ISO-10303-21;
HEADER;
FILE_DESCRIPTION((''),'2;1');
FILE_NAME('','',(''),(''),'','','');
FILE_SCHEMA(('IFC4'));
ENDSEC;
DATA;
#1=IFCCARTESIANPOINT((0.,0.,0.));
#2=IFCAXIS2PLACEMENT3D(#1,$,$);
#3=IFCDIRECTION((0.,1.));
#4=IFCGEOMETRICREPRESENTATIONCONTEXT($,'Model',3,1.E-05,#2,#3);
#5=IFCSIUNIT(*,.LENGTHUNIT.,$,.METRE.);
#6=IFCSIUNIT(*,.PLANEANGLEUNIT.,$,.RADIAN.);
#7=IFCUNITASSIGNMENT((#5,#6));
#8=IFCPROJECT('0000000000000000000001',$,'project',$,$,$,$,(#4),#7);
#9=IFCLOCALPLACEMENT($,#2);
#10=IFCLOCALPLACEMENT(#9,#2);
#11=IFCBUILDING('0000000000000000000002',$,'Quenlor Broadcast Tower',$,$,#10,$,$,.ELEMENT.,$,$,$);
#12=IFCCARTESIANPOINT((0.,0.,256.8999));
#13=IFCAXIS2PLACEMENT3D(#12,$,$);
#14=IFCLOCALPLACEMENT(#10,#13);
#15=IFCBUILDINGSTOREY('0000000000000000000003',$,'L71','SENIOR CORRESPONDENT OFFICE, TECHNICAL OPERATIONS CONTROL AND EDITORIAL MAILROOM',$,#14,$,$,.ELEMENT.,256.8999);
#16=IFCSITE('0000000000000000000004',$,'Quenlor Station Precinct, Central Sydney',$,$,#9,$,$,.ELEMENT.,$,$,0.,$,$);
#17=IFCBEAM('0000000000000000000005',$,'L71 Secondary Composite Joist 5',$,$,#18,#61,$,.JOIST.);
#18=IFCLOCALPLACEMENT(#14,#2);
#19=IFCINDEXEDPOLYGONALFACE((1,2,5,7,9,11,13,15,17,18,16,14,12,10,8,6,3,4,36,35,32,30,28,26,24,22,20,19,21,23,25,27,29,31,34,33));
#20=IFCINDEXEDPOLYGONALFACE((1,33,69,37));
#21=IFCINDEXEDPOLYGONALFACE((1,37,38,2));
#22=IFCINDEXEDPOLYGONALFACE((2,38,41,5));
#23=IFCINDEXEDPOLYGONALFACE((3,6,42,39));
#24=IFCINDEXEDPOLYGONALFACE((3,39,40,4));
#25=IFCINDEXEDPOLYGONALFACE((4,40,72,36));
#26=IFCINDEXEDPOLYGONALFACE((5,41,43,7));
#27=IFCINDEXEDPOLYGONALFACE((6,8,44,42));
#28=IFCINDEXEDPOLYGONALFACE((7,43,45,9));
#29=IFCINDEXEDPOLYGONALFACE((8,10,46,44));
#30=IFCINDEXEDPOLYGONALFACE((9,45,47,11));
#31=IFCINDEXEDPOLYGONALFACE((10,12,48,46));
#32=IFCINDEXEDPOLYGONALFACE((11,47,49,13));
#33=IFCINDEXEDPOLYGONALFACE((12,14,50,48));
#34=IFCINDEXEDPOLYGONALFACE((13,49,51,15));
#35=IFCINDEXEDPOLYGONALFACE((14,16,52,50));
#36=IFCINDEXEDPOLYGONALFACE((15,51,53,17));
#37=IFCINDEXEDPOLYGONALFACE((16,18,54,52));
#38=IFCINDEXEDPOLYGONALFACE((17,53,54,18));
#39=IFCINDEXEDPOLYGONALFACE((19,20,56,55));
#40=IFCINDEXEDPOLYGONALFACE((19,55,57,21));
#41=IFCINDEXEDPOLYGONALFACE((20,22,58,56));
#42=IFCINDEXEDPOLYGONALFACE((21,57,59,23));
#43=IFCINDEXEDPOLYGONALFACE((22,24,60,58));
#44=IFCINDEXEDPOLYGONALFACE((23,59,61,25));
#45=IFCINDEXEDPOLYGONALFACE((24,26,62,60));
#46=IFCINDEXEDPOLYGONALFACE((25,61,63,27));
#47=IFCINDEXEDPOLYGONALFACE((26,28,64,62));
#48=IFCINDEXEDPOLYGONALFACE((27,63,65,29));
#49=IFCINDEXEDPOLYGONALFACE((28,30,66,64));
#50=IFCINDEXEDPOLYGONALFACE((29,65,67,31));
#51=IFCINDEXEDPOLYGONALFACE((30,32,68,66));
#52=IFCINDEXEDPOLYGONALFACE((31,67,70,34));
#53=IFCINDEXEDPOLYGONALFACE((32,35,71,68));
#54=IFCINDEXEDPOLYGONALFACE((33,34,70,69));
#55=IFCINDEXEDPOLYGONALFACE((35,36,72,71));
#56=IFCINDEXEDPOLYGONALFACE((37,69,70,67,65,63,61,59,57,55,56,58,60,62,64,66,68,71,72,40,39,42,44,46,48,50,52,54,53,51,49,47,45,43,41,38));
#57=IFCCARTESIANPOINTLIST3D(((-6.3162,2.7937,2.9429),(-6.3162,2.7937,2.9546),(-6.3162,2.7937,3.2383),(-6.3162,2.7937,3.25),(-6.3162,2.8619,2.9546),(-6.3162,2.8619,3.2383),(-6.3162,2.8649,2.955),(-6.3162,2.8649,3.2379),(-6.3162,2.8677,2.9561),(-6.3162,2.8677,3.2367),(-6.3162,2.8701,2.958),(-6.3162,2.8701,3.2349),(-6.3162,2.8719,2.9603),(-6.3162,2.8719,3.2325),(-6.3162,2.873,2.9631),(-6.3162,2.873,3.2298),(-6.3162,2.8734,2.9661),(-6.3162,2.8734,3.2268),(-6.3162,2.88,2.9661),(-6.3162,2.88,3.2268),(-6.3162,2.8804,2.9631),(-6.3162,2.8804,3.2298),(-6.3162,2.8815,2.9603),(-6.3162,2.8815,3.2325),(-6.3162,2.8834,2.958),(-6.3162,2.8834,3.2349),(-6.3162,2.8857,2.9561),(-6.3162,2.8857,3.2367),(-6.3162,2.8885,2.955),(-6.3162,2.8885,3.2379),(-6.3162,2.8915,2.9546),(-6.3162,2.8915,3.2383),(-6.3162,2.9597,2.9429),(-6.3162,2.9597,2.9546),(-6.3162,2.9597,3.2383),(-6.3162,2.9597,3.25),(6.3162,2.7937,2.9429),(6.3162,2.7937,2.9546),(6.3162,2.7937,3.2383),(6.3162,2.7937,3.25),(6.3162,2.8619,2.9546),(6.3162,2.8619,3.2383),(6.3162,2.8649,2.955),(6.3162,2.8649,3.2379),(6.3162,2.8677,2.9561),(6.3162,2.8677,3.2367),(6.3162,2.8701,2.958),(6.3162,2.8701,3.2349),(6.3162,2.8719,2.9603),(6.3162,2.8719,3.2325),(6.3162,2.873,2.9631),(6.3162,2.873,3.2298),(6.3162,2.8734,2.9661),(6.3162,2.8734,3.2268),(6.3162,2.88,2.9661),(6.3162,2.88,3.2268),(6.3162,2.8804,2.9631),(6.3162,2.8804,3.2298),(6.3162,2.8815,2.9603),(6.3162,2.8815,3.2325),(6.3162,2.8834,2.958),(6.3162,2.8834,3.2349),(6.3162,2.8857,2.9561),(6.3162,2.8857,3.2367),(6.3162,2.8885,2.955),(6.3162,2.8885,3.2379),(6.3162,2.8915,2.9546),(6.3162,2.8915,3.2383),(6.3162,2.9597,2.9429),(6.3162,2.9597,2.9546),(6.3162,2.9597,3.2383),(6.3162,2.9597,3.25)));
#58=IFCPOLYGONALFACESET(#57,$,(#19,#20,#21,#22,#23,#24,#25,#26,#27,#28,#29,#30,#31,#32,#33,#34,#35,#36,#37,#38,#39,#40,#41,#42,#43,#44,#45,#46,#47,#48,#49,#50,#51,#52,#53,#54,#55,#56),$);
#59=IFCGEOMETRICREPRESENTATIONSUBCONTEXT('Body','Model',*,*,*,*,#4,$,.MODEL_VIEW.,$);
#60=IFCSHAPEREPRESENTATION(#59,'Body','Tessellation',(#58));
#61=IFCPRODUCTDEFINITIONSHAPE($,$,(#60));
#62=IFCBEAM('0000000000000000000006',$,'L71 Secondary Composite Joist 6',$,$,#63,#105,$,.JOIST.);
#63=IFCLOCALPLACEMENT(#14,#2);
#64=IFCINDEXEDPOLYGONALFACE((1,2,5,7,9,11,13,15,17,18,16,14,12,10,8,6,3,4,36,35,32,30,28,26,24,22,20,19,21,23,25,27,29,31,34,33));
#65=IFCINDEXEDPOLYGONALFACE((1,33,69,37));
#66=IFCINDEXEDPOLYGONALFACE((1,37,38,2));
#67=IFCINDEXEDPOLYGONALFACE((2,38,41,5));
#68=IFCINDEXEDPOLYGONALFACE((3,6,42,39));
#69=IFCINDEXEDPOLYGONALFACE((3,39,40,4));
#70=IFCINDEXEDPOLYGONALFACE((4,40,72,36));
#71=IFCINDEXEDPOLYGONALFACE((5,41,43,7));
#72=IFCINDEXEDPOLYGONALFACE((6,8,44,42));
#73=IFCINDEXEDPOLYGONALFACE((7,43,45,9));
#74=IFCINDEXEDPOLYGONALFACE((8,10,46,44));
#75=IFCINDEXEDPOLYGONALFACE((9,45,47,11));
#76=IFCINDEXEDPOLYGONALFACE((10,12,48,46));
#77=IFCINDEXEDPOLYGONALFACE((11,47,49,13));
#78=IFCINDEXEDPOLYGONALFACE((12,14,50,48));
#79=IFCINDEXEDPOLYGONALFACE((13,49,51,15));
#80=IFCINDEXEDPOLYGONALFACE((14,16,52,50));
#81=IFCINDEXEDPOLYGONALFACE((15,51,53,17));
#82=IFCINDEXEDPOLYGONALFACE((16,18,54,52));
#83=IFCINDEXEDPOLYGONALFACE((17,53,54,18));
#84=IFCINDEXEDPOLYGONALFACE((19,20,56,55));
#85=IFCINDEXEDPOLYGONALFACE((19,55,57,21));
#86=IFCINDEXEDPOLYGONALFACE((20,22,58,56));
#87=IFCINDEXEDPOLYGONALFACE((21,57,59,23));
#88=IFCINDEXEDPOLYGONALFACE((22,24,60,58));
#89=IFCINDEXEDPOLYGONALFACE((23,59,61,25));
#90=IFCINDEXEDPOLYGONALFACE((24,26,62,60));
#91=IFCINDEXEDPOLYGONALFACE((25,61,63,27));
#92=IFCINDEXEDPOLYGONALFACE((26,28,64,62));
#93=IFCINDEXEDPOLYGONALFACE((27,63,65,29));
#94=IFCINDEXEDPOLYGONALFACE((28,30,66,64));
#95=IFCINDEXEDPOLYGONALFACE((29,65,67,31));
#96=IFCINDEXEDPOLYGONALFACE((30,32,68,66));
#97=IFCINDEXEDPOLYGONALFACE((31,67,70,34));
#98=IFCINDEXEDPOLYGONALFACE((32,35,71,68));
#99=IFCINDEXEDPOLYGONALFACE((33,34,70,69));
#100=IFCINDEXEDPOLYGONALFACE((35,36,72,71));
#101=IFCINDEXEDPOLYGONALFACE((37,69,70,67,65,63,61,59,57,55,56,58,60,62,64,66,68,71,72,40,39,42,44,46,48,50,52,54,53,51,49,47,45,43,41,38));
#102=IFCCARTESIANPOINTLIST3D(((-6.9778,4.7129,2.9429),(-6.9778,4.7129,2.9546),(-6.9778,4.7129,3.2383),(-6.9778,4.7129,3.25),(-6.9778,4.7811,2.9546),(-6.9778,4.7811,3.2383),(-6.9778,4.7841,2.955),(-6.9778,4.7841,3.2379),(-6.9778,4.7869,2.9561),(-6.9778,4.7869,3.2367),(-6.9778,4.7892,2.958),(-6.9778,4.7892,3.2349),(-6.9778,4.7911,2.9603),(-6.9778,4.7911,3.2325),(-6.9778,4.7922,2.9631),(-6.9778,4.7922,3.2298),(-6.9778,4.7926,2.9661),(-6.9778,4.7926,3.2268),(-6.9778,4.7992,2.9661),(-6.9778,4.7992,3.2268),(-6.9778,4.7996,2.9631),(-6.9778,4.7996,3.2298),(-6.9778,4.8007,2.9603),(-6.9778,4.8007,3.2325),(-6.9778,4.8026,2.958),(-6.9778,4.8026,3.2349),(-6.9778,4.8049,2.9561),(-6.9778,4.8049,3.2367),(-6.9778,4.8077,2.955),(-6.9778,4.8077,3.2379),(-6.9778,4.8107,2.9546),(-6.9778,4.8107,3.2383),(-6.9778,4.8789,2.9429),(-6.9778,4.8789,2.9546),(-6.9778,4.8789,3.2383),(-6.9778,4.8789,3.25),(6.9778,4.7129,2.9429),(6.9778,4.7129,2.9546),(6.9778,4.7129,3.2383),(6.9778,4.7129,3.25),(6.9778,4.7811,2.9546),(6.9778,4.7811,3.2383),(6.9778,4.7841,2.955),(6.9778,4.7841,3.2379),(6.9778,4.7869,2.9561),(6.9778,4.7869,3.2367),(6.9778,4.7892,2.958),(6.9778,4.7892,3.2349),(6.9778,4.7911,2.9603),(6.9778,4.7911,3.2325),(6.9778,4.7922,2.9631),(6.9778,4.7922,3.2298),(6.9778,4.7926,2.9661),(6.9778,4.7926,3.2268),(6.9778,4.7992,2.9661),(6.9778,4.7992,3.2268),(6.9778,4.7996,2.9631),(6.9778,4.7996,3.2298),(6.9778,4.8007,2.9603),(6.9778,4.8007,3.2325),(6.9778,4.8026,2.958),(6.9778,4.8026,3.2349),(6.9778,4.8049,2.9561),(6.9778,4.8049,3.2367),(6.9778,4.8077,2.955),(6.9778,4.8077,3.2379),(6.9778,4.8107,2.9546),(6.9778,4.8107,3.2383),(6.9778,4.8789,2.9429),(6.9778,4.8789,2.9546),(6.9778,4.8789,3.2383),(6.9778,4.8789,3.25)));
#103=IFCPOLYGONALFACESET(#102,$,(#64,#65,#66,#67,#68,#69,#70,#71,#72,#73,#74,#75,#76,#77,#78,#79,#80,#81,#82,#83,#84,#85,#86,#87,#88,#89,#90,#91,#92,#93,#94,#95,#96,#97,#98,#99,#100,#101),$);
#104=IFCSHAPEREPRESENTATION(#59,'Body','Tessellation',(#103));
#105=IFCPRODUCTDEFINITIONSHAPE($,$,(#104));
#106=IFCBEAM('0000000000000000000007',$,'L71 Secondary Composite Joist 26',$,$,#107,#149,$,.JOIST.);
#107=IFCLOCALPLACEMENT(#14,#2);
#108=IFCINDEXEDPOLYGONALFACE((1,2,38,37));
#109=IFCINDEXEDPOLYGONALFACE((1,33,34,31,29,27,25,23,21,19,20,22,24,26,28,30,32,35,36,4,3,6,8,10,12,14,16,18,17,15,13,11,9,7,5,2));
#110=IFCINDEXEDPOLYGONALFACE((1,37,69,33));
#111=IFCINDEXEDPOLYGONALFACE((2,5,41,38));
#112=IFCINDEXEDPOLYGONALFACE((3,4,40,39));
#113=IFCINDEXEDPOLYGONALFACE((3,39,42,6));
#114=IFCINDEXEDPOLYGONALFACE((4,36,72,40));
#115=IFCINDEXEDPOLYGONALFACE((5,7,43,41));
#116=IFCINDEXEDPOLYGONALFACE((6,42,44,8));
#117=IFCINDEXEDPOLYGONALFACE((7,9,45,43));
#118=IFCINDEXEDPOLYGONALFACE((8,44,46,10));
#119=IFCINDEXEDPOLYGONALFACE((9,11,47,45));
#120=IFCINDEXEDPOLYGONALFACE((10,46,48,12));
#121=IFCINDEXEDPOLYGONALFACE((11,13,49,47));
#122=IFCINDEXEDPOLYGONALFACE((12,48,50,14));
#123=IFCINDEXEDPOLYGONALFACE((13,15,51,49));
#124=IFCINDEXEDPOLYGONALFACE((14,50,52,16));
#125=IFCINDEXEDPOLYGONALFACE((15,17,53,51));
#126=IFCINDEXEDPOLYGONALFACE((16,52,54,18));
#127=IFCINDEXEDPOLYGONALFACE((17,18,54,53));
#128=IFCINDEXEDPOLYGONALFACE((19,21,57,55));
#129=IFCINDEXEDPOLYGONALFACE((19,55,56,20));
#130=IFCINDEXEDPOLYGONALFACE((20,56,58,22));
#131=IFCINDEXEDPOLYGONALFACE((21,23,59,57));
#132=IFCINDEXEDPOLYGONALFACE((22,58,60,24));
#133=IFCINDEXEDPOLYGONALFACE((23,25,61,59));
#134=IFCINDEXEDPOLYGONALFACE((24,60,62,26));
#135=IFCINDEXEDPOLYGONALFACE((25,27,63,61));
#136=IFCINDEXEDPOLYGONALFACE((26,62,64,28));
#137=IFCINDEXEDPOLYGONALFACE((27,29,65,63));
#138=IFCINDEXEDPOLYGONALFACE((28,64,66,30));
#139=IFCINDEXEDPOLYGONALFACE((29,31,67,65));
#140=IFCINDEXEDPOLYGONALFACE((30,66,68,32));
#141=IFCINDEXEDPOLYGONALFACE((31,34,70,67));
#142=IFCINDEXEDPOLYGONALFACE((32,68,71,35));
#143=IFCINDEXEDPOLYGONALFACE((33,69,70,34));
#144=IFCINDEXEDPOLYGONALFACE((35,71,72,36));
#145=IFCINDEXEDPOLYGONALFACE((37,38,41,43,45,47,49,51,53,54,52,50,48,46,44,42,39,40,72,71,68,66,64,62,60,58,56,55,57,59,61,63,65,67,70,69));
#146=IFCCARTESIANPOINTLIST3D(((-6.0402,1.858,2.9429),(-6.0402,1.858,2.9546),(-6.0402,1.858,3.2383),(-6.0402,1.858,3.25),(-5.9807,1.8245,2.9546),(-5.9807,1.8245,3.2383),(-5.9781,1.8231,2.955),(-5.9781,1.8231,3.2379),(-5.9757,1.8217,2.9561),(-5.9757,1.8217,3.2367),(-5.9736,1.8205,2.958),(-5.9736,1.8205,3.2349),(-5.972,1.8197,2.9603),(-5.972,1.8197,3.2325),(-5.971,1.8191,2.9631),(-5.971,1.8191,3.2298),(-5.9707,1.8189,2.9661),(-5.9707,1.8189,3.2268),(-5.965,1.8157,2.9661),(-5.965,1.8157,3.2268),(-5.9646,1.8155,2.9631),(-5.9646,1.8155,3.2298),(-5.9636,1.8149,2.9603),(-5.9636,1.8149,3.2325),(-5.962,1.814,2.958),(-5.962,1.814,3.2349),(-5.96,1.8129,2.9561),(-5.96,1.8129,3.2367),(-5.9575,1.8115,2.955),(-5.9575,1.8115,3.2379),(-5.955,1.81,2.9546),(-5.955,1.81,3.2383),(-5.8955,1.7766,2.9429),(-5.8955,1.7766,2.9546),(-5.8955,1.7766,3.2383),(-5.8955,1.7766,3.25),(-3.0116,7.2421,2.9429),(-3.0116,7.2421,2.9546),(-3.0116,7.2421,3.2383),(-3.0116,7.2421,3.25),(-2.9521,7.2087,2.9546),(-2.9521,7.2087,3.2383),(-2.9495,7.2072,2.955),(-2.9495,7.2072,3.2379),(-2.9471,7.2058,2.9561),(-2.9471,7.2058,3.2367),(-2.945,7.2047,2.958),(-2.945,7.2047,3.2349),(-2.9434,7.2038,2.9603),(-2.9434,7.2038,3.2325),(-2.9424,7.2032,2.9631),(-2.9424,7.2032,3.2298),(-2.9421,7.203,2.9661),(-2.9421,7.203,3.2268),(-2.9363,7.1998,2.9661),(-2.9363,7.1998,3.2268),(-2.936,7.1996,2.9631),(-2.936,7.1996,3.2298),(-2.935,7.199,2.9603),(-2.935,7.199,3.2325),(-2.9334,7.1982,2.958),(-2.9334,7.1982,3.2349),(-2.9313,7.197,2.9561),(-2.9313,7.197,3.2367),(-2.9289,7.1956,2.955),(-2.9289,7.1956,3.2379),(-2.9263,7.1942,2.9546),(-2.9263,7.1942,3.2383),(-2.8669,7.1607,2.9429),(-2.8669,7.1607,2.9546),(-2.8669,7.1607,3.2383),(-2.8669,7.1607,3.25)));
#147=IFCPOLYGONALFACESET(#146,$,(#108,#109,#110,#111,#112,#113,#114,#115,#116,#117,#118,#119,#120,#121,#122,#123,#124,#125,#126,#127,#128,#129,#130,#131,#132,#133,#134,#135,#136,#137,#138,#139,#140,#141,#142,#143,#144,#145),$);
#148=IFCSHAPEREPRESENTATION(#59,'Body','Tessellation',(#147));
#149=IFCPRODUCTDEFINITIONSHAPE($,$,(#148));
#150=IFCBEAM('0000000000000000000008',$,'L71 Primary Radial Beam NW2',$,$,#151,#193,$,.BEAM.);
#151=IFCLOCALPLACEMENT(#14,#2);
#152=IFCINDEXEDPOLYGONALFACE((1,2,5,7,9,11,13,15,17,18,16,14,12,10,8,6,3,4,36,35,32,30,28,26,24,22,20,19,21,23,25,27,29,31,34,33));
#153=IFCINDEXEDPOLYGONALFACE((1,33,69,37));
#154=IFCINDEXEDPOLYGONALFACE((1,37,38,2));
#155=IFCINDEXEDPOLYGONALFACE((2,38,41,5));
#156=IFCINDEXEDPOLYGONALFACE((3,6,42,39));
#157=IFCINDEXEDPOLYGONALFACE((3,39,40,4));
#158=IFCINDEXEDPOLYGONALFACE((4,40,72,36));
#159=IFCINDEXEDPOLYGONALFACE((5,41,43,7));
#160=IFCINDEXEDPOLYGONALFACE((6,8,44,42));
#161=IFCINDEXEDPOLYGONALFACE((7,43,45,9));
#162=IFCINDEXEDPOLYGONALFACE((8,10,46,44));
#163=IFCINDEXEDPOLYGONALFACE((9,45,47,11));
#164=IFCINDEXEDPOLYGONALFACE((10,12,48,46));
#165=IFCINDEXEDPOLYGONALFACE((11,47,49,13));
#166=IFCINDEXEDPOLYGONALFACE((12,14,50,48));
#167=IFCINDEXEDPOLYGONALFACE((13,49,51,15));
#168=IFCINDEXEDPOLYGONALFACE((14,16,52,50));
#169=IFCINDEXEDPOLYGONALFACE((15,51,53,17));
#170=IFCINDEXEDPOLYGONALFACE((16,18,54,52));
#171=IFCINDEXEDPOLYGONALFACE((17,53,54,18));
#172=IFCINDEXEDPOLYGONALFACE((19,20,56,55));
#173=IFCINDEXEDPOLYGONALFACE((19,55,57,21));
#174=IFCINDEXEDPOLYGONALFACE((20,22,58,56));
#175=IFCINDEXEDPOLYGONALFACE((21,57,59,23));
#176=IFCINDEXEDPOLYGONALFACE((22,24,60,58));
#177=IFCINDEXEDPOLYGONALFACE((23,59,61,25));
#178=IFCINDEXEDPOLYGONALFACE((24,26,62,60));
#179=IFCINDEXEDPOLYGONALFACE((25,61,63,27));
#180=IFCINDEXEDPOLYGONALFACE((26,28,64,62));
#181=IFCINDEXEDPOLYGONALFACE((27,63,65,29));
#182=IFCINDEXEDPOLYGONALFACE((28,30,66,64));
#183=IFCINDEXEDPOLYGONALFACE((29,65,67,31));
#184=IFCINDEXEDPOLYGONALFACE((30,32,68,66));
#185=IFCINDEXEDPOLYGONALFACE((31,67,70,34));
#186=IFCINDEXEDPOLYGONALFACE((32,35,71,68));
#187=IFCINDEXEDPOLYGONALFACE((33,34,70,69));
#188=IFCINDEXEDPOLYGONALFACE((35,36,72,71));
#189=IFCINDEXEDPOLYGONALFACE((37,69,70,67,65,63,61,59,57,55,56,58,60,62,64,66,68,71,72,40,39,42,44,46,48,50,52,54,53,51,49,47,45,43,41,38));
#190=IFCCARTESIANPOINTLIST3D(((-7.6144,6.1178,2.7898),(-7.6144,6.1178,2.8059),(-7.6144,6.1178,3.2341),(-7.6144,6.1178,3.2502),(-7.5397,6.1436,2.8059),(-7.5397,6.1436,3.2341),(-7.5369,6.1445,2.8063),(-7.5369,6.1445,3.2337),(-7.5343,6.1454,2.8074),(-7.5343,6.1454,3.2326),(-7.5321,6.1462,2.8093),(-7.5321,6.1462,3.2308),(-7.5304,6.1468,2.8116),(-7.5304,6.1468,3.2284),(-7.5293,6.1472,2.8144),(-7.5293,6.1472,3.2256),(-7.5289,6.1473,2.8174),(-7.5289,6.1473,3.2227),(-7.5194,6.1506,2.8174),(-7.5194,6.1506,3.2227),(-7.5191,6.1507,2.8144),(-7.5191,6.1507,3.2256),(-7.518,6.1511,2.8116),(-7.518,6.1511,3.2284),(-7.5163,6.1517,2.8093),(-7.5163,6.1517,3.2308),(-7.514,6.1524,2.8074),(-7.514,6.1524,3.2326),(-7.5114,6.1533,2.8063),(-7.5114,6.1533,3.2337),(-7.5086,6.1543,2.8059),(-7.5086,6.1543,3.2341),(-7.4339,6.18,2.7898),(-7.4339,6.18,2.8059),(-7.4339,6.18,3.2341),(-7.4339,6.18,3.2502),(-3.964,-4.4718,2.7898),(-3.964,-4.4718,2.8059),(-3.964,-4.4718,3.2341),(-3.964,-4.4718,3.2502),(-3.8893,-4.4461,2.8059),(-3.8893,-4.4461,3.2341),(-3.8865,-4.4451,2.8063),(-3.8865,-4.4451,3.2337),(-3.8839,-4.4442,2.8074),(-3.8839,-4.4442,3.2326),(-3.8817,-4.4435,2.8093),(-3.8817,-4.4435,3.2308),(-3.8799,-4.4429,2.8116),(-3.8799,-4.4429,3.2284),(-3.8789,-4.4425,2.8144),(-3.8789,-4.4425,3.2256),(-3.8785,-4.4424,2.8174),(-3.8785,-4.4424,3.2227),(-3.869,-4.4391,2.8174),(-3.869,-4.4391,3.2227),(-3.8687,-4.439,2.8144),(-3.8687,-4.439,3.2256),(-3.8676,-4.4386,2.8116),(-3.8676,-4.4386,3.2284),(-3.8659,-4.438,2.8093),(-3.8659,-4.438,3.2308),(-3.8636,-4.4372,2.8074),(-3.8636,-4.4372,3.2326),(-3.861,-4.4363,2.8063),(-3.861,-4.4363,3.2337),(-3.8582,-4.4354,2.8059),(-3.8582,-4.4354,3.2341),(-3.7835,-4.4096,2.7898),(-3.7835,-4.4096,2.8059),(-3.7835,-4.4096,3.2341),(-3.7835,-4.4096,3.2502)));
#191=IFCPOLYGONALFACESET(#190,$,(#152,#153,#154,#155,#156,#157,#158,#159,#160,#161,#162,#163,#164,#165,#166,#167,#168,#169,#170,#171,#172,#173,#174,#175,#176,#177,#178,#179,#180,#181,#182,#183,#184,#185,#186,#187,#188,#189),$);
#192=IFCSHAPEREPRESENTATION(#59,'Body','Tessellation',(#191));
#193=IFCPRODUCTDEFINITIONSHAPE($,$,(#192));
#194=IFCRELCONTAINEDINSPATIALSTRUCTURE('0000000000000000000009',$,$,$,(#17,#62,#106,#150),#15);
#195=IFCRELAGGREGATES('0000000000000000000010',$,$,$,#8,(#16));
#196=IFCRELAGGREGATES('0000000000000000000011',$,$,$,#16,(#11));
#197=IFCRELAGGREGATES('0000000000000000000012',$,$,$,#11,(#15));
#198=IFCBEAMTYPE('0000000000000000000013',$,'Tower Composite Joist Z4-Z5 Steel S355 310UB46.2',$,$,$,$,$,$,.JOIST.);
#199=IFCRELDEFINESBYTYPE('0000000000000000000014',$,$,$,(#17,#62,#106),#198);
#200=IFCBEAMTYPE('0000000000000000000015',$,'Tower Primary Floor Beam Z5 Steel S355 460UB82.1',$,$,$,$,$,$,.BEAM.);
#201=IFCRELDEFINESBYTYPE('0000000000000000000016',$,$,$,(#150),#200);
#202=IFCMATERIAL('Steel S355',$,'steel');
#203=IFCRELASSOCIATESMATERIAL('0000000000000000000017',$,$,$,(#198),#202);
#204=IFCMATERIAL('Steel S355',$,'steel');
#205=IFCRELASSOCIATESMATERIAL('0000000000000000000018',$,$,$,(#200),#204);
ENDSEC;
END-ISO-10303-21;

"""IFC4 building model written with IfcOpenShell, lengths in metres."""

from ifc_helpers import new_model, si_unit, direction, frame, origin, origin_2d, place, context, subcontext, project, spatial, i_section, extrude, material, material_profile, profile_set, type_object, element, save


model = new_model("IFC4")

# Units and contexts
model_context = context("Model", 3, precision=1e-05, world=origin(), true_north=direction((0.0, 1.0)))
body_context = subcontext(model_context, "Body", "Model", "MODEL_VIEW")
ifc_project = project(units=[si_unit("LENGTHUNIT", "METRE"), si_unit("PLANEANGLEUNIT", "RADIAN")], contexts=[model_context])

# Site, building, storey
site_placement = place(None, origin())
site = spatial("IfcSite", under=ifc_project, at=site_placement, Name="Quenlor Station Precinct, Central Sydney", CompositionType="ELEMENT", RefElevation=0.0)
building_placement = place(site_placement, origin())
building = spatial("IfcBuilding", under=site, at=building_placement, Name="Quenlor Broadcast Tower", CompositionType="ELEMENT")
storey_placement = place(building_placement, frame((0.0, 0.0, 256.8999)))
storey = spatial("IfcBuildingStorey", under=building, at=storey_placement, Name="L71", Description="SENIOR CORRESPONDENT OFFICE, TECHNICAL OPERATIONS CONTROL AND EDITORIAL MAILROOM", CompositionType="ELEMENT", Elevation=256.8999)

# Beams
ifc_material_1 = material(Name="Steel S355", Category="steel")
ifc_material_profile_1 = material_profile(ifc_material_1, i_section(OverallWidth=0.166, OverallDepth=0.3071, WebThickness=0.0066, FlangeThickness=0.0117, FilletRadius=0.0115, at=origin_2d()))
ifc_profile_set_1 = profile_set([ifc_material_profile_1], Name="Steel S355 310UB46.2")
beam_type_1 = type_object("IfcBeamType", Name="Tower Composite Joist Z4-Z5 Steel S355 310UB46.2", PredefinedType="JOIST", material=ifc_profile_set_1)
beam_1_placement = place(storey_placement, frame((-6.3162, 2.8767, 3.0964), z_axis=(1.0, 0.0, 0.0), x_axis=(0.0, 1.0, 0.0)))
element("IfcBeam", 1, at=beam_1_placement, inside=storey, type_object=beam_type_1, Name="L71 Secondary Composite Joist 5", PredefinedType="JOIST", context=body_context, shape_type="SweptSolid", body=[
    extrude(i_section(OverallWidth=0.166, OverallDepth=0.3071, WebThickness=0.0066, FlangeThickness=0.0117, FilletRadius=0.0115, at=origin_2d()), origin(), (0.0, 0.0, 1.0), 12.6323),
])
beam_2_placement = place(storey_placement, frame((-6.9778, 4.7959, 3.0964), z_axis=(1.0, 0.0, 0.0), x_axis=(0.0, 1.0, 0.0)))
element("IfcBeam", 2, at=beam_2_placement, inside=storey, type_object=beam_type_1, Name="L71 Secondary Composite Joist 6", PredefinedType="JOIST", context=body_context, shape_type="SweptSolid", body=[
    extrude(i_section(OverallWidth=0.166, OverallDepth=0.3071, WebThickness=0.0066, FlangeThickness=0.0117, FilletRadius=0.0115, at=origin_2d()), origin(), (0.0, 0.0, 1.0), 13.9556),
])
beam_3_placement = place(storey_placement, frame((-2.9392, 7.2014, 3.0964), z_axis=(-0.490267, -0.871572, 0.0), x_axis=(0.871572, -0.490267, 0.0)))
element("IfcBeam", 3, at=beam_3_placement, inside=storey, type_object=beam_type_1, Name="L71 Secondary Composite Joist 26", PredefinedType="JOIST", context=body_context, shape_type="SweptSolid", body=[
    extrude(i_section(OverallWidth=0.166, OverallDepth=0.3071, WebThickness=0.0066, FlangeThickness=0.0117, FilletRadius=0.0115, at=origin_2d()), origin(), (0.0, 0.0, 1.0), 6.1775),
])
ifc_material_2 = material(Name="Steel S355", Category="steel")
ifc_material_profile_2 = material_profile(ifc_material_2, i_section(OverallWidth=0.1909, OverallDepth=0.4604, WebThickness=0.01, FlangeThickness=0.0161, FilletRadius=0.0115, at=origin_2d()))
ifc_profile_set_2 = profile_set([ifc_material_profile_2], Name="Steel S355 460UB82.1")
beam_type_2 = type_object("IfcBeamType", Name="Tower Primary Floor Beam Z5 Steel S355 460UB82.1", PredefinedType="BEAM", material=ifc_profile_set_2)
beam_4_placement = place(storey_placement, frame((-7.5242, 6.1489, 3.02), z_axis=(0.325895, -0.945406, 0.0), x_axis=(0.945406, 0.325895, 0.0)))
element("IfcBeam", 4, at=beam_4_placement, inside=storey, type_object=beam_type_2, Name="L71 Primary Radial Beam NW2", PredefinedType="BEAM", context=body_context, shape_type="SweptSolid", body=[
    extrude(i_section(OverallWidth=0.1909, OverallDepth=0.4604, WebThickness=0.01, FlangeThickness=0.0161, FilletRadius=0.0115, at=origin_2d()), origin(), (0.0, 0.0, 1.0), 11.2012),
])

save(model, "model.ifc")
